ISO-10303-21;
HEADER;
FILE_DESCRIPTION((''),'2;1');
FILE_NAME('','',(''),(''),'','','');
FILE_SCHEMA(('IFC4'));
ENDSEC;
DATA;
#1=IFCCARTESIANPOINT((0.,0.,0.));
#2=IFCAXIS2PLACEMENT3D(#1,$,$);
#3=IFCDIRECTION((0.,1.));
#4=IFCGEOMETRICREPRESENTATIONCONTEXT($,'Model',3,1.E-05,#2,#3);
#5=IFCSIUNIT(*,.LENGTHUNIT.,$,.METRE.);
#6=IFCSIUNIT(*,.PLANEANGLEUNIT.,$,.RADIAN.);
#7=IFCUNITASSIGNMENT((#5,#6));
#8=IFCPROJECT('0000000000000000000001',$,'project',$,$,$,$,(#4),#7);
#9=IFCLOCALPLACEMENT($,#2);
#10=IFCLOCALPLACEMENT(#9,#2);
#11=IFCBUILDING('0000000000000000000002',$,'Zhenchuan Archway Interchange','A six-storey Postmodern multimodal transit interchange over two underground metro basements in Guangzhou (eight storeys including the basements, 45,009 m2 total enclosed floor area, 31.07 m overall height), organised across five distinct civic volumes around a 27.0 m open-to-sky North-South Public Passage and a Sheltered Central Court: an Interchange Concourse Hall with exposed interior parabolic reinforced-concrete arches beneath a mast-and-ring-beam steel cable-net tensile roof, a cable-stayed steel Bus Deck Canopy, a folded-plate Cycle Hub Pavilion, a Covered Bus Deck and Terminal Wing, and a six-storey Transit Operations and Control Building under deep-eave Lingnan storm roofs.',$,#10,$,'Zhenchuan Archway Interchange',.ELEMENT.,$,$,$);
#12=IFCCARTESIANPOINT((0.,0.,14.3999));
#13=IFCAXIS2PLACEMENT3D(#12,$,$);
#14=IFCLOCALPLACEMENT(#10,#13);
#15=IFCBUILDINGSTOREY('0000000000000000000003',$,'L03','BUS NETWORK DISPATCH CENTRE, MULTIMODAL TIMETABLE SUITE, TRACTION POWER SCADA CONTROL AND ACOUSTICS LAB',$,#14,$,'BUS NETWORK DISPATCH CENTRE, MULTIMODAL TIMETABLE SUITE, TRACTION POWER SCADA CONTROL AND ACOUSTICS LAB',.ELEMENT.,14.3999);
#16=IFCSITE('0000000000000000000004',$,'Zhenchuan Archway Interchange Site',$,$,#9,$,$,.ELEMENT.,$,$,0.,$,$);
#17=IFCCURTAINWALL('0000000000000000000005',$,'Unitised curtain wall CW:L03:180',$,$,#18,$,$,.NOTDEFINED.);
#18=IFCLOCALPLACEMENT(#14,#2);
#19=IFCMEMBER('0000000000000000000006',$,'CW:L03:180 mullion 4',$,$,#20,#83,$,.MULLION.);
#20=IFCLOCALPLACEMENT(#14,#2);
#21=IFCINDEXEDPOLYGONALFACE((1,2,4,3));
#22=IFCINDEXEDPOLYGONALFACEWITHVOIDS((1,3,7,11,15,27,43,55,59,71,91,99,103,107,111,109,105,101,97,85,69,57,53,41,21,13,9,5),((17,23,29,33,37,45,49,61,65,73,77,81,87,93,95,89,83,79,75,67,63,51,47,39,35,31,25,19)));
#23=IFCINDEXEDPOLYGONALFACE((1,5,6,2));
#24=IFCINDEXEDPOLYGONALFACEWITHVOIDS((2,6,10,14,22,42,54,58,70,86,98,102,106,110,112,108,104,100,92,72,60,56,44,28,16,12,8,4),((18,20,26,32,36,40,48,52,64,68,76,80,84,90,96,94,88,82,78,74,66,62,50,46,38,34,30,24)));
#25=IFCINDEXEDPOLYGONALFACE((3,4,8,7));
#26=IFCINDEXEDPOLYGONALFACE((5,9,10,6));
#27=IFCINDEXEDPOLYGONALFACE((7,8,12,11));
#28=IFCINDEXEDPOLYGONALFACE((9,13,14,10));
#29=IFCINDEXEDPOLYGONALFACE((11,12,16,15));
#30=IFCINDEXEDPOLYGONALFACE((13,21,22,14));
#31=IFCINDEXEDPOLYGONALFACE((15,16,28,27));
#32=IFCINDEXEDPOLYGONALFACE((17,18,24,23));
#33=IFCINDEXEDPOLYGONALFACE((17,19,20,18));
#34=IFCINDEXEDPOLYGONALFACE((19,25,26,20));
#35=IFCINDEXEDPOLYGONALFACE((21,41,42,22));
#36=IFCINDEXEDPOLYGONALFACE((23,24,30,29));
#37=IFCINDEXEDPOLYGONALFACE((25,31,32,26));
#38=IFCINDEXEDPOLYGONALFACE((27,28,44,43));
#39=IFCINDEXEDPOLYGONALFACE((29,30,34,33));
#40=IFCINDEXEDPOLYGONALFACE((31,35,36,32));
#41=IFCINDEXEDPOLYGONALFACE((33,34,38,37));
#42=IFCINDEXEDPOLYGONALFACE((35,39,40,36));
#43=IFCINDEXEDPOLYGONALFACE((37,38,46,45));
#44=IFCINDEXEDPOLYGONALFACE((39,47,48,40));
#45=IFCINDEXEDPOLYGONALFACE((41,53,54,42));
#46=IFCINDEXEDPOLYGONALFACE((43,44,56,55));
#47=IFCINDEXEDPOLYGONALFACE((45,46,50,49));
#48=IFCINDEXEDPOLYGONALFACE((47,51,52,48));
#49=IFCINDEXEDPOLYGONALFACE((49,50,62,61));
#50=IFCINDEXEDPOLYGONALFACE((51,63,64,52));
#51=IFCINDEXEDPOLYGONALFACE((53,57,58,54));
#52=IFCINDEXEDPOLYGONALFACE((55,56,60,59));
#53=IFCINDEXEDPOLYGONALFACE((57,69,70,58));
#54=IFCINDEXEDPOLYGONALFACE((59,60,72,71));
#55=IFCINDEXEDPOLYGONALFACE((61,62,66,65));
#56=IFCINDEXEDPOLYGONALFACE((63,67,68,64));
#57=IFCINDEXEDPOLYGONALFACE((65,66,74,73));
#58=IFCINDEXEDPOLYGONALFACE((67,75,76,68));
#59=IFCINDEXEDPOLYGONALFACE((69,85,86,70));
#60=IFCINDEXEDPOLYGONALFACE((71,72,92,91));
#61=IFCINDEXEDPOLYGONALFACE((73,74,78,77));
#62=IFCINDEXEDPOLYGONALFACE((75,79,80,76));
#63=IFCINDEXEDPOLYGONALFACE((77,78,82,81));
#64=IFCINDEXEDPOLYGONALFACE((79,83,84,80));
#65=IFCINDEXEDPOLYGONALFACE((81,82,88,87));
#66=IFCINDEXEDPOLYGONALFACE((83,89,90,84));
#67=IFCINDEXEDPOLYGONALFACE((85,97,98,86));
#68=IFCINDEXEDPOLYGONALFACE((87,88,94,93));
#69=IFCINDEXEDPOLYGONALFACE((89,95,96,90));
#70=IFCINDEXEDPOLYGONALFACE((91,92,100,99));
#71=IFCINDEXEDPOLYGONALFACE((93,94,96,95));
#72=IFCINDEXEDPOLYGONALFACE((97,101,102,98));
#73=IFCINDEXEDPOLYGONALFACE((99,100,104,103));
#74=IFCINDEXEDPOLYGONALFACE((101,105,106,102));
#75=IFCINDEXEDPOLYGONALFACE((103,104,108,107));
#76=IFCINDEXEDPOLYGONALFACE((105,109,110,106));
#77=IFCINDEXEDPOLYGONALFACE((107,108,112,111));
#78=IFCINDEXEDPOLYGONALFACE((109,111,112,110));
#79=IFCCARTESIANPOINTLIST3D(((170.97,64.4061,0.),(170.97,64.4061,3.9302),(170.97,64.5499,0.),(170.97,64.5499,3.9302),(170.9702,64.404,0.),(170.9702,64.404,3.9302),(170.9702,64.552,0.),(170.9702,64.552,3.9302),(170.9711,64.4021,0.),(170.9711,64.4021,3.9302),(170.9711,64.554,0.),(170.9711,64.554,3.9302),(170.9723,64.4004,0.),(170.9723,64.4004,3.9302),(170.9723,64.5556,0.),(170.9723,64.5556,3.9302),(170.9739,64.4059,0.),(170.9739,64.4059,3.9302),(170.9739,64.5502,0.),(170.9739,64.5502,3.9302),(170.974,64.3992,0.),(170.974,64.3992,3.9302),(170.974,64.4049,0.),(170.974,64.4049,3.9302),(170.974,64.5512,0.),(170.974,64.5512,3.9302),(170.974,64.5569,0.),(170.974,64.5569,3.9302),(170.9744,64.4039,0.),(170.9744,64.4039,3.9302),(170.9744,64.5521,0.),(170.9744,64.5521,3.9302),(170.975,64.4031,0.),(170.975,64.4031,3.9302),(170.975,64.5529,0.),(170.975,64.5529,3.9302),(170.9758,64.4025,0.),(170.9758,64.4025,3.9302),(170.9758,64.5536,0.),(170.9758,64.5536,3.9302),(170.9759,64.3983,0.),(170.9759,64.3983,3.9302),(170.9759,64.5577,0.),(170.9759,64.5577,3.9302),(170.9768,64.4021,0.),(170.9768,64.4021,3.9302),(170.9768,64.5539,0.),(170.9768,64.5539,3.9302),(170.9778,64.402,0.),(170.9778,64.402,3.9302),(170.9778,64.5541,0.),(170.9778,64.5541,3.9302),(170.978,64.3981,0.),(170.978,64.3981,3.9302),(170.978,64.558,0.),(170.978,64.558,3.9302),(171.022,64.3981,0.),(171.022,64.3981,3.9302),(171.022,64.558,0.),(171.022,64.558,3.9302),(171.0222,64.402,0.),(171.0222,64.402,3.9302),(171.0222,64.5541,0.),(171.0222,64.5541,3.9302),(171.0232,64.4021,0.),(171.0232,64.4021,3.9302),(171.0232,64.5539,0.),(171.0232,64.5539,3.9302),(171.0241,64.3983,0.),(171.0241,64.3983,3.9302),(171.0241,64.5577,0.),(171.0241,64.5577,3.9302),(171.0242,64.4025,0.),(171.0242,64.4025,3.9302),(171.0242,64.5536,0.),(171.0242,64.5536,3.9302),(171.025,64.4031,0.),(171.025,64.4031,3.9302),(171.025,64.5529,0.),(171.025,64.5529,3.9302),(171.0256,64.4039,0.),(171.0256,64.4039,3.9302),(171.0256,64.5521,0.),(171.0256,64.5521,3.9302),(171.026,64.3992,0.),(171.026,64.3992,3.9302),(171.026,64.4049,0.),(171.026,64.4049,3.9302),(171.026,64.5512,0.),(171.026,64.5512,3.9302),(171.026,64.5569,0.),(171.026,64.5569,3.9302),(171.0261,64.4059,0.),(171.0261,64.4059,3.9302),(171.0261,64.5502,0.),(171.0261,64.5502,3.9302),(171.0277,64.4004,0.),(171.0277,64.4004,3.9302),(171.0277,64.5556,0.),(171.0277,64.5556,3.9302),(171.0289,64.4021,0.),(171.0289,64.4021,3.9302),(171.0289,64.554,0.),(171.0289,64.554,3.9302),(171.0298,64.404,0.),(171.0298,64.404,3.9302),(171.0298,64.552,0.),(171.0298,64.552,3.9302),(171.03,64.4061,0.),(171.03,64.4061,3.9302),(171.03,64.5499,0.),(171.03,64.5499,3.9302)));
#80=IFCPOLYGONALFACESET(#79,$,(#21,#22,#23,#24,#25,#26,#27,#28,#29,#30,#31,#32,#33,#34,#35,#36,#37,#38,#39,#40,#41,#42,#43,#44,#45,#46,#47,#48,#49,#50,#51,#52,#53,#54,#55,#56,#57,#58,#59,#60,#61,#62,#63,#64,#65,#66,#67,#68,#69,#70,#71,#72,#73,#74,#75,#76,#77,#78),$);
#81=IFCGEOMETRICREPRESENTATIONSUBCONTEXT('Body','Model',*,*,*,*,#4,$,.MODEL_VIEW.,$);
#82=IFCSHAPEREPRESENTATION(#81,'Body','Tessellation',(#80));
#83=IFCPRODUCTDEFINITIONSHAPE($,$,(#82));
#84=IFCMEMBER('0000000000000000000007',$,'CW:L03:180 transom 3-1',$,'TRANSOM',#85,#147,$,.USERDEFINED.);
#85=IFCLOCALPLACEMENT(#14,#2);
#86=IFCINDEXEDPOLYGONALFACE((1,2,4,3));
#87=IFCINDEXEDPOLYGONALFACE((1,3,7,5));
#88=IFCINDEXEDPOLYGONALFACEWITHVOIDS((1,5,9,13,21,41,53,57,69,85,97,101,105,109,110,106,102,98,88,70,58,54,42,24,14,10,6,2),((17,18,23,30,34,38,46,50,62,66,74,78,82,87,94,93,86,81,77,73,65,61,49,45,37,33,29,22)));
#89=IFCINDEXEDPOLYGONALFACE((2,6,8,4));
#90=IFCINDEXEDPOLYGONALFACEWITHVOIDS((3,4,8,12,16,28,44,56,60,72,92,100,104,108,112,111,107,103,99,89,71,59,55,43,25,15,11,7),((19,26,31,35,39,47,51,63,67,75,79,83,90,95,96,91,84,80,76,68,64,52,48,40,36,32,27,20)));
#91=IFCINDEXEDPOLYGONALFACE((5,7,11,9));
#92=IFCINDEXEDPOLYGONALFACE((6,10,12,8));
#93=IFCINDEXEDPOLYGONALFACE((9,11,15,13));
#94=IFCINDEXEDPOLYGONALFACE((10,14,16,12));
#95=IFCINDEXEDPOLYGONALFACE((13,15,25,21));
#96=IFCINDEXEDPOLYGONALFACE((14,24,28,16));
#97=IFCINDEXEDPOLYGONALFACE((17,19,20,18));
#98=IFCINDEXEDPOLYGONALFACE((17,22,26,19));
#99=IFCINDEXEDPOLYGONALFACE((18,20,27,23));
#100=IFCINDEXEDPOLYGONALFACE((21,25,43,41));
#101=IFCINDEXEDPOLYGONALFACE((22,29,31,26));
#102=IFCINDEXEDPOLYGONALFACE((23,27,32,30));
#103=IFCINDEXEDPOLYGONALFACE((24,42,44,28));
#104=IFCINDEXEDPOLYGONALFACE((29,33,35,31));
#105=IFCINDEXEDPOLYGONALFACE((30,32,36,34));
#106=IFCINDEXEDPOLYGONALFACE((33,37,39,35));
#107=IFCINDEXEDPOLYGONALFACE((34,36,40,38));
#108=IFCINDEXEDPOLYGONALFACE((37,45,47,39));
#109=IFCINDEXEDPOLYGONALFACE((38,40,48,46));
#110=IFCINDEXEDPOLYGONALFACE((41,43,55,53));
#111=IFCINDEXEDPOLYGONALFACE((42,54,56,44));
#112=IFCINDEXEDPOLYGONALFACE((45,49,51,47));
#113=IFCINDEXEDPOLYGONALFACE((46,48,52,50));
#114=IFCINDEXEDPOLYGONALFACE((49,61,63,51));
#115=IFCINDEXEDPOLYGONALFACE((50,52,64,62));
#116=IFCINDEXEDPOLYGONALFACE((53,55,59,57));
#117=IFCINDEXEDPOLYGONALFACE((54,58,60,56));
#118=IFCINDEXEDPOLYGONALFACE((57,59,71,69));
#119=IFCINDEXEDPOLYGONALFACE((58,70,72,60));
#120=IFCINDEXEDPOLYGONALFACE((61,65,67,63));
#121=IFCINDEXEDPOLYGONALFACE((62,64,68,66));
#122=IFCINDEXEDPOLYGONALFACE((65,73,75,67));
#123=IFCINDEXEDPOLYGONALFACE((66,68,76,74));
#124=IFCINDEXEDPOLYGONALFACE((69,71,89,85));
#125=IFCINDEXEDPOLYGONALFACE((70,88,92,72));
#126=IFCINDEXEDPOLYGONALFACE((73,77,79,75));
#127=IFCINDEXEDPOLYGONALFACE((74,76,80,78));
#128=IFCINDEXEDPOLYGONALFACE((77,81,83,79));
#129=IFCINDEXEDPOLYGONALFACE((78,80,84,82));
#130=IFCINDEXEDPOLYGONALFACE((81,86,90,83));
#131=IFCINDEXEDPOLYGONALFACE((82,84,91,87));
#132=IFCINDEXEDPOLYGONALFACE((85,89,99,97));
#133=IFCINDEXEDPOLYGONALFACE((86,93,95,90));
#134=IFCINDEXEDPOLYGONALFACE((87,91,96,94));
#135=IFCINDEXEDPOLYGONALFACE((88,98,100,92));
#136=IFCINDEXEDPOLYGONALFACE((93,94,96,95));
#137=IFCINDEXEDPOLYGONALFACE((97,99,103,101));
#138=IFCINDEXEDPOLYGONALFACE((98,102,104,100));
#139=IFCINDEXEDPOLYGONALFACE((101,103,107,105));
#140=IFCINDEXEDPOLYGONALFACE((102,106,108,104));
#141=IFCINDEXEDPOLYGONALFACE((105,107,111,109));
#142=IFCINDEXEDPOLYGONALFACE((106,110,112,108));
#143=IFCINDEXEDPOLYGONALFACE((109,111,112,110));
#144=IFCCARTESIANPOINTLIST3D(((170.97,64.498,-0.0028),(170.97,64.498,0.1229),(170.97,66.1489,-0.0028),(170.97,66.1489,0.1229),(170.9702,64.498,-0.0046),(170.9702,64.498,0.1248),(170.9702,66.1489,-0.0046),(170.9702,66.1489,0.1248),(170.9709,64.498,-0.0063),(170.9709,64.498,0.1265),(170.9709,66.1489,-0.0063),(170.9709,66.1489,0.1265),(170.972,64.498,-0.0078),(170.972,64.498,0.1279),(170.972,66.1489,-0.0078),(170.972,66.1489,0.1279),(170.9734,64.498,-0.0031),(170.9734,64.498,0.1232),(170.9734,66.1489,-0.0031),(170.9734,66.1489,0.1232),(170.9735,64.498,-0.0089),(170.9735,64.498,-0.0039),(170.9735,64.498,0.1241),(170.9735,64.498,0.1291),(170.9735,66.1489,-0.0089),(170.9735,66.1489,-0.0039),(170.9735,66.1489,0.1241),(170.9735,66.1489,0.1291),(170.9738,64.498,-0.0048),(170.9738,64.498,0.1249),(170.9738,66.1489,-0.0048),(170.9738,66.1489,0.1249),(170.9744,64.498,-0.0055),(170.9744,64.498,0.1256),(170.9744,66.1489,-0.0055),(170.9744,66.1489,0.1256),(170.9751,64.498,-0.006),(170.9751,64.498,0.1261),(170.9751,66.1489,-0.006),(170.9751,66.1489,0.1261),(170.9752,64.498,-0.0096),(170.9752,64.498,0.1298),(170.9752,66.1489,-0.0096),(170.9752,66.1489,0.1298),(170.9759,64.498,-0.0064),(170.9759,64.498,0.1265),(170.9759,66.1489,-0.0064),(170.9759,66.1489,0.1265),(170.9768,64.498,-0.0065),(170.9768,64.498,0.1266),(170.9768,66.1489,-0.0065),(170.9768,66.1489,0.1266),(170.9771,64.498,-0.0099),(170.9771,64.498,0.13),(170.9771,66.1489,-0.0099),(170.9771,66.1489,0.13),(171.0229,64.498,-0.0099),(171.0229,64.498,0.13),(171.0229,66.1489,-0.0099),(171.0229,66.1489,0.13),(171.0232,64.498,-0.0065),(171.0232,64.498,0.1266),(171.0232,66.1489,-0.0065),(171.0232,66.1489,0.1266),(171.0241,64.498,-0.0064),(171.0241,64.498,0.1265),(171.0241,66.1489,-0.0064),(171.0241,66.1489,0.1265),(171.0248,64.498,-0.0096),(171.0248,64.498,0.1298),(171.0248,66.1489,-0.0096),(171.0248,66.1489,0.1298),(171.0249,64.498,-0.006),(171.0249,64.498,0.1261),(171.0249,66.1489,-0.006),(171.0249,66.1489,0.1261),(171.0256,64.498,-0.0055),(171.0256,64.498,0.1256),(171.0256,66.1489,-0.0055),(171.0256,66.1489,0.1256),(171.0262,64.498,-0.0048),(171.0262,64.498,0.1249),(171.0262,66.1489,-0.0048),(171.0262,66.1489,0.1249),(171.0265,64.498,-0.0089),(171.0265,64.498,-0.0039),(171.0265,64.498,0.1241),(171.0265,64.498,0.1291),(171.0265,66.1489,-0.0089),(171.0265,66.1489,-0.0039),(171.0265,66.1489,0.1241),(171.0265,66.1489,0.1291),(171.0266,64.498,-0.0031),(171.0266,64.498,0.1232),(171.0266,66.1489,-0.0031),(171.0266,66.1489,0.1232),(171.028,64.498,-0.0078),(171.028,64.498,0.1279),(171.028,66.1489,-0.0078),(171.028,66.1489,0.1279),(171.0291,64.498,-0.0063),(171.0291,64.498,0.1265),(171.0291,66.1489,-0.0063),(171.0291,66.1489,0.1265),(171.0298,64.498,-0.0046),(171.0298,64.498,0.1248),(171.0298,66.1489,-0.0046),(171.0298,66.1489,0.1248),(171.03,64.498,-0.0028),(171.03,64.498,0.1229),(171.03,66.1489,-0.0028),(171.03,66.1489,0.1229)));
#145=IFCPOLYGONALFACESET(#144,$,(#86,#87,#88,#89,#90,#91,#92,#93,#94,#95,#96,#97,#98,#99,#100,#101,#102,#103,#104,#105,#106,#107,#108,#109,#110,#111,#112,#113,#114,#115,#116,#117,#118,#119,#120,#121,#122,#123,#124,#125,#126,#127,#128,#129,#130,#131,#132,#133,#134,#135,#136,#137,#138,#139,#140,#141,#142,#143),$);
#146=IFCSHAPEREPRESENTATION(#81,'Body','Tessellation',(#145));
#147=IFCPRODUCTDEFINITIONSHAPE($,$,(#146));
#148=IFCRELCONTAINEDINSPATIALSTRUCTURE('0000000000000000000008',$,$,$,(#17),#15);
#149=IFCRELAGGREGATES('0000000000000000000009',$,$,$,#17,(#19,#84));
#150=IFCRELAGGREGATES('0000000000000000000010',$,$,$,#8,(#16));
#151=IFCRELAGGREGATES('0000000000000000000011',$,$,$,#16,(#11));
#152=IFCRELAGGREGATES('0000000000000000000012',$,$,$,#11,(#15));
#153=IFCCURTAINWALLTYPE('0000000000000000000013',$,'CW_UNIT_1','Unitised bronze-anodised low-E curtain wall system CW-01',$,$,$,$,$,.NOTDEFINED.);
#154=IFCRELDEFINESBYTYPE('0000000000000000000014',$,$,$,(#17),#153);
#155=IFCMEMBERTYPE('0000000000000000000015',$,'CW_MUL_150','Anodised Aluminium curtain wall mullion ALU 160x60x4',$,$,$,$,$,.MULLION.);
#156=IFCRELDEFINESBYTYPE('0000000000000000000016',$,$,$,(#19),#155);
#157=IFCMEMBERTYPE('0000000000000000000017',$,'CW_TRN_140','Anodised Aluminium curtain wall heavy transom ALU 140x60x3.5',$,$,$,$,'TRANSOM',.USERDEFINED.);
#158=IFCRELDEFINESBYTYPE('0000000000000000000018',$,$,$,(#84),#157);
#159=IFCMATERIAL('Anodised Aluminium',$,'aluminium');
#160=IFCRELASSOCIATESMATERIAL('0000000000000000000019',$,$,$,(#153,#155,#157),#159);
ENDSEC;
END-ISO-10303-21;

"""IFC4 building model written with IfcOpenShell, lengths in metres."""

from ifc_helpers import new_model, si_unit, direction, frame, origin, origin_2d, place, context, subcontext, project, spatial, hollow_rectangle, extrude, material, material_profile, profile_set, type_object, element, aggregate, save


model = new_model("IFC4")

# Units and contexts
model_context = context("Model", 3, precision=1e-05, world=origin(), true_north=direction((0.0, 1.0)))
body_context = subcontext(model_context, "Body", "Model", "MODEL_VIEW")
ifc_project = project(units=[si_unit("LENGTHUNIT", "METRE"), si_unit("PLANEANGLEUNIT", "RADIAN")], contexts=[model_context])

# Site, building, storey
site_placement = place(None, origin())
site = spatial("IfcSite", under=ifc_project, at=site_placement, Name="Zhenchuan Archway Interchange Site", CompositionType="ELEMENT", RefElevation=0.0)
building_placement = place(site_placement, origin())
building = spatial("IfcBuilding", under=site, at=building_placement, Name="Zhenchuan Archway Interchange", Description="A six-storey Postmodern multimodal transit interchange over two underground metro basements in Guangzhou (eight storeys including the basements, 45,009 m2 total enclosed floor area, 31.07 m overall height), organised across five distinct civic volumes around a 27.0 m open-to-sky North-South Public Passage and a Sheltered Central Court: an Interchange Concourse Hall with exposed interior parabolic reinforced-concrete arches beneath a mast-and-ring-beam steel cable-net tensile roof, a cable-stayed steel Bus Deck Canopy, a folded-plate Cycle Hub Pavilion, a Covered Bus Deck and Terminal Wing, and a six-storey Transit Operations and Control Building under deep-eave Lingnan storm roofs.", LongName="Zhenchuan Archway Interchange", CompositionType="ELEMENT")
storey_placement = place(building_placement, frame((0.0, 0.0, 14.3999)))
storey = spatial("IfcBuildingStorey", under=building, at=storey_placement, Name="L03", Description="BUS NETWORK DISPATCH CENTRE, MULTIMODAL TIMETABLE SUITE, TRACTION POWER SCADA CONTROL AND ACOUSTICS LAB", LongName="BUS NETWORK DISPATCH CENTRE, MULTIMODAL TIMETABLE SUITE, TRACTION POWER SCADA CONTROL AND ACOUSTICS LAB", CompositionType="ELEMENT", Elevation=14.3999)

# Curtain wall, members
ifc_material_1 = material(Name="Anodised Aluminium", Category="aluminium")
curtain_wall_type = type_object("IfcCurtainWallType", Name="CW_UNIT_1", Description="Unitised bronze-anodised low-E curtain wall system CW-01", PredefinedType="NOTDEFINED", material=ifc_material_1)
curtain_wall_placement = place(storey_placement, origin())
curtain_wall = element("IfcCurtainWall", 1, at=curtain_wall_placement, inside=storey, type_object=curtain_wall_type, Name="Unitised curtain wall CW:L03:180", PredefinedType="NOTDEFINED")
ifc_material_profile_1 = material_profile(ifc_material_1, hollow_rectangle(XDim=0.0601, YDim=0.1599, WallThickness=0.0039, InnerFilletRadius=0.0039, OuterFilletRadius=0.0081, at=origin_2d()), Name="ALU 160x60x4")
ifc_profile_set_1 = profile_set([ifc_material_profile_1], Name="Anodised Aluminium")
member_type_1 = type_object("IfcMemberType", Name="CW_MUL_150", Description="Anodised Aluminium curtain wall mullion ALU 160x60x4", PredefinedType="MULLION", material=ifc_profile_set_1)
member_1_placement = place(storey_placement, frame((171.0, 64.478, 0.0), z_axis=(0.0, 0.0, 1.0), x_axis=(1.0, 0.0, 0.0)))
member_1 = element("IfcMember", 2, at=member_1_placement, type_object=member_type_1, Name="CW:L03:180 mullion 4", PredefinedType="MULLION", context=body_context, shape_type="SweptSolid", body=[
    extrude(hollow_rectangle(XDim=0.0601, YDim=0.1599, WallThickness=0.0039, InnerFilletRadius=0.0039, OuterFilletRadius=0.0081, at=origin_2d()), origin(), (0.0, 0.0, 1.0), 3.9302),
])
ifc_material_profile_2 = material_profile(ifc_material_1, hollow_rectangle(XDim=0.0601, YDim=0.1399, WallThickness=0.0034, InnerFilletRadius=0.0034, OuterFilletRadius=0.0071, at=origin_2d()), Name="ALU 140x60x3.5")
ifc_profile_set_2 = profile_set([ifc_material_profile_2], Name="Anodised Aluminium")
member_type_2 = type_object("IfcMemberType", Name="CW_TRN_140", Description="Anodised Aluminium curtain wall heavy transom ALU 140x60x3.5", ElementType="TRANSOM", PredefinedType="USERDEFINED", material=ifc_profile_set_2)
member_2_placement = place(storey_placement, frame((171.0, 66.1489, 0.0601), z_axis=(0.0, -1.0, 0.0), x_axis=(1.0, 0.0, 0.0)))
member_2 = element("IfcMember", 3, at=member_2_placement, type_object=member_type_2, Name="CW:L03:180 transom 3-1", ObjectType="TRANSOM", PredefinedType="USERDEFINED", context=body_context, shape_type="SweptSolid", body=[
    extrude(hollow_rectangle(XDim=0.0601, YDim=0.1399, WallThickness=0.0034, InnerFilletRadius=0.0034, OuterFilletRadius=0.0071, at=origin_2d()), origin(), (0.0, 0.0, 1.0), 1.6509),
])

aggregate(curtain_wall, [member_1, member_2])

save(model, "model.ifc")
